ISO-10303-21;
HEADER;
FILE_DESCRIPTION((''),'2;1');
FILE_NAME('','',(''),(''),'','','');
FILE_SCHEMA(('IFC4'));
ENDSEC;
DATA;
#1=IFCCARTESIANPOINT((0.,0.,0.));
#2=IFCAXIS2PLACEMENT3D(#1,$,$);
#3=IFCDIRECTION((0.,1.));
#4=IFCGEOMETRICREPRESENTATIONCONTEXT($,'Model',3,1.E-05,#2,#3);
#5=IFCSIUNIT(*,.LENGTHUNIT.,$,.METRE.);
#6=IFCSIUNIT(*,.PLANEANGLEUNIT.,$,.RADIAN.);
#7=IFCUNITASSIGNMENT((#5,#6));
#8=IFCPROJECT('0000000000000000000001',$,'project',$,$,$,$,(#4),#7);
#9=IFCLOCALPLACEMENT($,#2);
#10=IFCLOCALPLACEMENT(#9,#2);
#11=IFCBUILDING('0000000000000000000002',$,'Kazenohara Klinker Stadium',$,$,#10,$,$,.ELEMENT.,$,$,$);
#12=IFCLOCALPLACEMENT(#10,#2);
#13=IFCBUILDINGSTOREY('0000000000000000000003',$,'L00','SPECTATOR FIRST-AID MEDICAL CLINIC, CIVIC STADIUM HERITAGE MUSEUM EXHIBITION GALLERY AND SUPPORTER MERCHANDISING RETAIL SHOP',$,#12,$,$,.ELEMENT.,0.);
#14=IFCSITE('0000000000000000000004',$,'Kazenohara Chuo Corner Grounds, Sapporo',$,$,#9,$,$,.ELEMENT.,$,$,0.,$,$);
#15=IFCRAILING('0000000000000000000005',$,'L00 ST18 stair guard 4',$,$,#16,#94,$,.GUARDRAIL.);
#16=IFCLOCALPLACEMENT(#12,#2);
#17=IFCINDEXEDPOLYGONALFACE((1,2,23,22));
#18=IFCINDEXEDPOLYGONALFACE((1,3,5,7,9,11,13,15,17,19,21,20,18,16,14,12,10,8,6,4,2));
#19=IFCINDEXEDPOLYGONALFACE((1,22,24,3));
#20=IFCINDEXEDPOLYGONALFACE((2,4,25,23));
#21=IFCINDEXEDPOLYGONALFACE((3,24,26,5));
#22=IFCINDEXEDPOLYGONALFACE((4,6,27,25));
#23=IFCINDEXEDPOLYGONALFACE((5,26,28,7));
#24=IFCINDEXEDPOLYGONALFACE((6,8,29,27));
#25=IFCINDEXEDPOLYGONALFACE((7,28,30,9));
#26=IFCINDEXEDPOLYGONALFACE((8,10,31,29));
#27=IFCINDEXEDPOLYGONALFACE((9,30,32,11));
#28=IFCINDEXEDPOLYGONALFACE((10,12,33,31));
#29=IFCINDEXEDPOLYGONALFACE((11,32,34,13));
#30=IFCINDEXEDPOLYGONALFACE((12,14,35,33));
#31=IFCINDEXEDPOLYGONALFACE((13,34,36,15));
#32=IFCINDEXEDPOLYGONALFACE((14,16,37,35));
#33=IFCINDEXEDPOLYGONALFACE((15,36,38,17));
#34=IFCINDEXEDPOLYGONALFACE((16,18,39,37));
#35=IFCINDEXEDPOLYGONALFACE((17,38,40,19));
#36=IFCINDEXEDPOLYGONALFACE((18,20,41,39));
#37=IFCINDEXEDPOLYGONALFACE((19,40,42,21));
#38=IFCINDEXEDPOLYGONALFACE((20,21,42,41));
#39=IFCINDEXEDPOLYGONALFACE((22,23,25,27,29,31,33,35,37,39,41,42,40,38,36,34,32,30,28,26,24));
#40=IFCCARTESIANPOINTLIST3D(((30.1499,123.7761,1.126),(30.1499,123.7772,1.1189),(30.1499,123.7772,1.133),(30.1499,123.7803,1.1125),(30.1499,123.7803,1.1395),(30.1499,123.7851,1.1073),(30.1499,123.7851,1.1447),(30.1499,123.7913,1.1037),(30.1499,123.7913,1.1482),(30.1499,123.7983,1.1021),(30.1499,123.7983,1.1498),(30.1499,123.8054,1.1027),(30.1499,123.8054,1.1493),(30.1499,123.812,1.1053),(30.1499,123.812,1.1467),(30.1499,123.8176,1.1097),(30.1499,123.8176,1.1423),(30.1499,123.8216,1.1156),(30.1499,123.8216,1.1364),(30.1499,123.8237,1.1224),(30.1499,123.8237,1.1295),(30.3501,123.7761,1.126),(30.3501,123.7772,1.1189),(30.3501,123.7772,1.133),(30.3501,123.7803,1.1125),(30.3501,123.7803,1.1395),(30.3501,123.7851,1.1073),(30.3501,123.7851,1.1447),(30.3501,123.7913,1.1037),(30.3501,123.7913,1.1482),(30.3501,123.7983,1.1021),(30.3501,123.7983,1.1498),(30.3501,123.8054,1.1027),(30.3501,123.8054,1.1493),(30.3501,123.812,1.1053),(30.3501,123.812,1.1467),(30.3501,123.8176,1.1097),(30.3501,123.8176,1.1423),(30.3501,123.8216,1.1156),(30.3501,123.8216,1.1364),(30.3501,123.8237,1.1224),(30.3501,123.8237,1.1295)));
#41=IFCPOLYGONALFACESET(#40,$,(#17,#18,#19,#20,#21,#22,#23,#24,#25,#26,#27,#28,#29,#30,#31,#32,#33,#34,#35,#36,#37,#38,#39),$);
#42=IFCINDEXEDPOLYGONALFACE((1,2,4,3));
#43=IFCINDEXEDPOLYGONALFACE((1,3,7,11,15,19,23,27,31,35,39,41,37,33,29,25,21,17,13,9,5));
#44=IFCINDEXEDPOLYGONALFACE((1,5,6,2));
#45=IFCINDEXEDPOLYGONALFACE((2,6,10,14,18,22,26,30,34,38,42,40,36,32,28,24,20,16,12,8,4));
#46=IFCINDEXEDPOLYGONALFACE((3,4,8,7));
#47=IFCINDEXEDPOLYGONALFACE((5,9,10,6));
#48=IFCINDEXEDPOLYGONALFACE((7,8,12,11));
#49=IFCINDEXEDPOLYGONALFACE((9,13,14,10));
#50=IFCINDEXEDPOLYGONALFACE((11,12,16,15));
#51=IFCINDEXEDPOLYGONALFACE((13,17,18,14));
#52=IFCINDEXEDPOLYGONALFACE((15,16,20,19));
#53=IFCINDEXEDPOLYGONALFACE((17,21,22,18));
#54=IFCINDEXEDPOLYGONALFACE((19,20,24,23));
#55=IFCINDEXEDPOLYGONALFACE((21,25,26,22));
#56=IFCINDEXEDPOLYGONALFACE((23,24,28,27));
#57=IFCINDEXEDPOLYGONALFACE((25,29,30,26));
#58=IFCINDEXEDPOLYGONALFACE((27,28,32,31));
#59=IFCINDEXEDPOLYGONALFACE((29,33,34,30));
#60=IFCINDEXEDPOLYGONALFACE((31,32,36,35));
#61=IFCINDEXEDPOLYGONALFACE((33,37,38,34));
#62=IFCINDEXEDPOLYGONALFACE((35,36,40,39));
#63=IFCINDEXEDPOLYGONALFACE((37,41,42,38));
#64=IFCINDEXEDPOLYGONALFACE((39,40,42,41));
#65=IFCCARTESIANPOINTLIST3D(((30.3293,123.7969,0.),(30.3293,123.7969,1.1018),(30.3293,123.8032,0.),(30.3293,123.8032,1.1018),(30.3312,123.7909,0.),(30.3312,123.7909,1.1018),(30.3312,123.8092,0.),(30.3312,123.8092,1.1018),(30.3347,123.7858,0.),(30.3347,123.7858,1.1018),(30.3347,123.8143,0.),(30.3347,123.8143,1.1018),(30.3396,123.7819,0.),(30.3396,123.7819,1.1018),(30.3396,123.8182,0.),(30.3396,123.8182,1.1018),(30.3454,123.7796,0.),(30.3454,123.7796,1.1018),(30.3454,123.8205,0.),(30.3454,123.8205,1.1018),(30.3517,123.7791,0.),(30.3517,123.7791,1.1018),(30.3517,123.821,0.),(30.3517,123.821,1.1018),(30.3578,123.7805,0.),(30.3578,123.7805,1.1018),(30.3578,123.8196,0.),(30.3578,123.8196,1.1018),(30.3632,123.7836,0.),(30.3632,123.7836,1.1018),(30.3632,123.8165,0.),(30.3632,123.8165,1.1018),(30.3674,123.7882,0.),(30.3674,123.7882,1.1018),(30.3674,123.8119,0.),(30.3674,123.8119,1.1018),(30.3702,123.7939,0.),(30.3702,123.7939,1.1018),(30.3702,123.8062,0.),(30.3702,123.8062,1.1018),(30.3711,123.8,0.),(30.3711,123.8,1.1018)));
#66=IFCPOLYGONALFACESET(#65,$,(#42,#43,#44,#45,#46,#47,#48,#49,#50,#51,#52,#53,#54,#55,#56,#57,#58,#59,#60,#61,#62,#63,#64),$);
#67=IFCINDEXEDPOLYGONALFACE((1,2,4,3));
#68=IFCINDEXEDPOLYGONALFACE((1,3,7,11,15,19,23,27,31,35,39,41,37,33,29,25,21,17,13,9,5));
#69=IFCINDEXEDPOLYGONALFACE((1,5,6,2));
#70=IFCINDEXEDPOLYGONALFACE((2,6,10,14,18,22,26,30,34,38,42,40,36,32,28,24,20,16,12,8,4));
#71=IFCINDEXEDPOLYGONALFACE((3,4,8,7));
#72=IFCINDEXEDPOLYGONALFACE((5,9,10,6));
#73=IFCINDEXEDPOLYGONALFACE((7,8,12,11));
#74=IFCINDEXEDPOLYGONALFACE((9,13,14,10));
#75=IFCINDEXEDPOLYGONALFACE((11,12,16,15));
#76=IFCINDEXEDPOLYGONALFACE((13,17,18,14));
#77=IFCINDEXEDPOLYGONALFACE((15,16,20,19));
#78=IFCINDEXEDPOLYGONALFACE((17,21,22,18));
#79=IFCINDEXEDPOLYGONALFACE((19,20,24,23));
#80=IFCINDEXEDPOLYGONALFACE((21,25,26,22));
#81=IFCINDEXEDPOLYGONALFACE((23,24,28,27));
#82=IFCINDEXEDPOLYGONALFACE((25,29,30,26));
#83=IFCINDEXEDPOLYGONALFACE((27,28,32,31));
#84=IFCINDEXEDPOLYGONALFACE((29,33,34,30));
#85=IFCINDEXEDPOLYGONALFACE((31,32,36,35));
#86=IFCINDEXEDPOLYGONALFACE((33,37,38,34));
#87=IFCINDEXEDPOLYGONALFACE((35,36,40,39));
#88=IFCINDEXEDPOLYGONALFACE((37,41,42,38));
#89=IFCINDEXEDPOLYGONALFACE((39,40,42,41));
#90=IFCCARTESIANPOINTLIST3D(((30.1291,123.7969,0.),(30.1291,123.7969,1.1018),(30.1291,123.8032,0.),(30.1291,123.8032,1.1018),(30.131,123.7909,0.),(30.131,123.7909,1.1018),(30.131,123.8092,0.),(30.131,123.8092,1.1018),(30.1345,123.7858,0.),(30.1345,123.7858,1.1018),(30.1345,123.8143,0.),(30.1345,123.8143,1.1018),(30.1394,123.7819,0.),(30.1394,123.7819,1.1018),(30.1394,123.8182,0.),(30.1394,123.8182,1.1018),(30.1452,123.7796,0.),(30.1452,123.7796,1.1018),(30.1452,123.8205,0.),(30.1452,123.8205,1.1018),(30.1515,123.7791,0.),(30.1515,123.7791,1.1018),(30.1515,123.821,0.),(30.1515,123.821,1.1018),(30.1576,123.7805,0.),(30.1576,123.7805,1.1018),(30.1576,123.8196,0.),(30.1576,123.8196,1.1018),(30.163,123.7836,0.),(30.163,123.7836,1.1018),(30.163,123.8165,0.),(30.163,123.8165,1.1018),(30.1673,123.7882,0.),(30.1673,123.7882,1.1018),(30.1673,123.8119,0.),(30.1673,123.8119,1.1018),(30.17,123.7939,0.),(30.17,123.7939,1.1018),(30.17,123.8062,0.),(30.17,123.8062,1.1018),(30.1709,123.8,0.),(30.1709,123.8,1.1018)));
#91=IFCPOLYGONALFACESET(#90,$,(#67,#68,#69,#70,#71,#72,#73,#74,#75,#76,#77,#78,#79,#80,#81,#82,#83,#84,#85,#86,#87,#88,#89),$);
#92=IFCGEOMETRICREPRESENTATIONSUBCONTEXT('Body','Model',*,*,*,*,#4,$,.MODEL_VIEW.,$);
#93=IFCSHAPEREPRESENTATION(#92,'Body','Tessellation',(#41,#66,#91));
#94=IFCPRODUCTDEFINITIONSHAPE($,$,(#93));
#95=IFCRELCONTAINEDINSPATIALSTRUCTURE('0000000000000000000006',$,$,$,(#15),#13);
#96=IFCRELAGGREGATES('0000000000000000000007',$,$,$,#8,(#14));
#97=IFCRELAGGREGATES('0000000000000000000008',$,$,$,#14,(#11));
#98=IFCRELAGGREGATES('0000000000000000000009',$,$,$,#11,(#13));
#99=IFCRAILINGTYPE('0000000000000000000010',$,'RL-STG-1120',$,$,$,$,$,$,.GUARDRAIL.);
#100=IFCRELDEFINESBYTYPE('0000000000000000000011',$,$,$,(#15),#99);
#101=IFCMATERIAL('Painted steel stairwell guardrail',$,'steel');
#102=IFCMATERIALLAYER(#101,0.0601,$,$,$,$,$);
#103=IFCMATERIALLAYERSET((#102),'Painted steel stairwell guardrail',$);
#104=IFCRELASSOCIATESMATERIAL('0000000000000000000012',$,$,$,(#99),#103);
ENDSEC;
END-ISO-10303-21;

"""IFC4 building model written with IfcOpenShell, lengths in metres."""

from ifc_helpers import new_model, si_unit, direction, frame, origin, origin_2d, place, context, subcontext, project, spatial, circle, extrude, material, layer, layer_set, type_object, element, save


model = new_model("IFC4")

# Units and contexts
model_context = context("Model", 3, precision=1e-05, world=origin(), true_north=direction((0.0, 1.0)))
body_context = subcontext(model_context, "Body", "Model", "MODEL_VIEW")
ifc_project = project(units=[si_unit("LENGTHUNIT", "METRE"), si_unit("PLANEANGLEUNIT", "RADIAN")], contexts=[model_context])

# Site, building, storey
site_placement = place(None, origin())
site = spatial("IfcSite", under=ifc_project, at=site_placement, Name="Kazenohara Chuo Corner Grounds, Sapporo", CompositionType="ELEMENT", RefElevation=0.0)
building_placement = place(site_placement, origin())
building = spatial("IfcBuilding", under=site, at=building_placement, Name="Kazenohara Klinker Stadium", CompositionType="ELEMENT")
storey_placement = place(building_placement, origin())
storey = spatial("IfcBuildingStorey", under=building, at=storey_placement, Name="L00", Description="SPECTATOR FIRST-AID MEDICAL CLINIC, CIVIC STADIUM HERITAGE MUSEUM EXHIBITION GALLERY AND SUPPORTER MERCHANDISING RETAIL SHOP", CompositionType="ELEMENT", Elevation=0.0)

# Railing
ifc_material_1 = material(Name="Painted steel stairwell guardrail", Category="steel")
ifc_layer_1 = layer(ifc_material_1, 0.0601)
ifc_layer_set_1 = layer_set([ifc_layer_1], Name="Painted steel stairwell guardrail")
railing_type_1 = type_object("IfcRailingType", Name="RL-STG-1120", PredefinedType="GUARDRAIL", material=ifc_layer_set_1)
railing_1_placement = place(storey_placement, frame((30.3501, 123.8, 0.0)))
element("IfcRailing", 1, at=railing_1_placement, inside=storey, type_object=railing_type_1, Name="L00 ST18 stair guard 4", PredefinedType="GUARDRAIL", context=body_context, shape_type="SweptSolid", body=[
    extrude(circle(Radius=0.0239, at=origin_2d()), frame((0.0, 0.0, 1.126), z_axis=(-1.0, 0.0, 0.0), x_axis=(0.0, -1.0, 0.0)), (0.0, 0.0, 1.0), 0.2002),
    extrude(circle(Radius=0.021, at=origin_2d()), origin(), (0.0, 0.0, 1.0), 1.1018),
    extrude(circle(Radius=0.021, at=origin_2d()), frame((-0.2002, 0.0, 0.0)), (0.0, 0.0, 1.0), 1.1018),
])

save(model, "model.ifc")
